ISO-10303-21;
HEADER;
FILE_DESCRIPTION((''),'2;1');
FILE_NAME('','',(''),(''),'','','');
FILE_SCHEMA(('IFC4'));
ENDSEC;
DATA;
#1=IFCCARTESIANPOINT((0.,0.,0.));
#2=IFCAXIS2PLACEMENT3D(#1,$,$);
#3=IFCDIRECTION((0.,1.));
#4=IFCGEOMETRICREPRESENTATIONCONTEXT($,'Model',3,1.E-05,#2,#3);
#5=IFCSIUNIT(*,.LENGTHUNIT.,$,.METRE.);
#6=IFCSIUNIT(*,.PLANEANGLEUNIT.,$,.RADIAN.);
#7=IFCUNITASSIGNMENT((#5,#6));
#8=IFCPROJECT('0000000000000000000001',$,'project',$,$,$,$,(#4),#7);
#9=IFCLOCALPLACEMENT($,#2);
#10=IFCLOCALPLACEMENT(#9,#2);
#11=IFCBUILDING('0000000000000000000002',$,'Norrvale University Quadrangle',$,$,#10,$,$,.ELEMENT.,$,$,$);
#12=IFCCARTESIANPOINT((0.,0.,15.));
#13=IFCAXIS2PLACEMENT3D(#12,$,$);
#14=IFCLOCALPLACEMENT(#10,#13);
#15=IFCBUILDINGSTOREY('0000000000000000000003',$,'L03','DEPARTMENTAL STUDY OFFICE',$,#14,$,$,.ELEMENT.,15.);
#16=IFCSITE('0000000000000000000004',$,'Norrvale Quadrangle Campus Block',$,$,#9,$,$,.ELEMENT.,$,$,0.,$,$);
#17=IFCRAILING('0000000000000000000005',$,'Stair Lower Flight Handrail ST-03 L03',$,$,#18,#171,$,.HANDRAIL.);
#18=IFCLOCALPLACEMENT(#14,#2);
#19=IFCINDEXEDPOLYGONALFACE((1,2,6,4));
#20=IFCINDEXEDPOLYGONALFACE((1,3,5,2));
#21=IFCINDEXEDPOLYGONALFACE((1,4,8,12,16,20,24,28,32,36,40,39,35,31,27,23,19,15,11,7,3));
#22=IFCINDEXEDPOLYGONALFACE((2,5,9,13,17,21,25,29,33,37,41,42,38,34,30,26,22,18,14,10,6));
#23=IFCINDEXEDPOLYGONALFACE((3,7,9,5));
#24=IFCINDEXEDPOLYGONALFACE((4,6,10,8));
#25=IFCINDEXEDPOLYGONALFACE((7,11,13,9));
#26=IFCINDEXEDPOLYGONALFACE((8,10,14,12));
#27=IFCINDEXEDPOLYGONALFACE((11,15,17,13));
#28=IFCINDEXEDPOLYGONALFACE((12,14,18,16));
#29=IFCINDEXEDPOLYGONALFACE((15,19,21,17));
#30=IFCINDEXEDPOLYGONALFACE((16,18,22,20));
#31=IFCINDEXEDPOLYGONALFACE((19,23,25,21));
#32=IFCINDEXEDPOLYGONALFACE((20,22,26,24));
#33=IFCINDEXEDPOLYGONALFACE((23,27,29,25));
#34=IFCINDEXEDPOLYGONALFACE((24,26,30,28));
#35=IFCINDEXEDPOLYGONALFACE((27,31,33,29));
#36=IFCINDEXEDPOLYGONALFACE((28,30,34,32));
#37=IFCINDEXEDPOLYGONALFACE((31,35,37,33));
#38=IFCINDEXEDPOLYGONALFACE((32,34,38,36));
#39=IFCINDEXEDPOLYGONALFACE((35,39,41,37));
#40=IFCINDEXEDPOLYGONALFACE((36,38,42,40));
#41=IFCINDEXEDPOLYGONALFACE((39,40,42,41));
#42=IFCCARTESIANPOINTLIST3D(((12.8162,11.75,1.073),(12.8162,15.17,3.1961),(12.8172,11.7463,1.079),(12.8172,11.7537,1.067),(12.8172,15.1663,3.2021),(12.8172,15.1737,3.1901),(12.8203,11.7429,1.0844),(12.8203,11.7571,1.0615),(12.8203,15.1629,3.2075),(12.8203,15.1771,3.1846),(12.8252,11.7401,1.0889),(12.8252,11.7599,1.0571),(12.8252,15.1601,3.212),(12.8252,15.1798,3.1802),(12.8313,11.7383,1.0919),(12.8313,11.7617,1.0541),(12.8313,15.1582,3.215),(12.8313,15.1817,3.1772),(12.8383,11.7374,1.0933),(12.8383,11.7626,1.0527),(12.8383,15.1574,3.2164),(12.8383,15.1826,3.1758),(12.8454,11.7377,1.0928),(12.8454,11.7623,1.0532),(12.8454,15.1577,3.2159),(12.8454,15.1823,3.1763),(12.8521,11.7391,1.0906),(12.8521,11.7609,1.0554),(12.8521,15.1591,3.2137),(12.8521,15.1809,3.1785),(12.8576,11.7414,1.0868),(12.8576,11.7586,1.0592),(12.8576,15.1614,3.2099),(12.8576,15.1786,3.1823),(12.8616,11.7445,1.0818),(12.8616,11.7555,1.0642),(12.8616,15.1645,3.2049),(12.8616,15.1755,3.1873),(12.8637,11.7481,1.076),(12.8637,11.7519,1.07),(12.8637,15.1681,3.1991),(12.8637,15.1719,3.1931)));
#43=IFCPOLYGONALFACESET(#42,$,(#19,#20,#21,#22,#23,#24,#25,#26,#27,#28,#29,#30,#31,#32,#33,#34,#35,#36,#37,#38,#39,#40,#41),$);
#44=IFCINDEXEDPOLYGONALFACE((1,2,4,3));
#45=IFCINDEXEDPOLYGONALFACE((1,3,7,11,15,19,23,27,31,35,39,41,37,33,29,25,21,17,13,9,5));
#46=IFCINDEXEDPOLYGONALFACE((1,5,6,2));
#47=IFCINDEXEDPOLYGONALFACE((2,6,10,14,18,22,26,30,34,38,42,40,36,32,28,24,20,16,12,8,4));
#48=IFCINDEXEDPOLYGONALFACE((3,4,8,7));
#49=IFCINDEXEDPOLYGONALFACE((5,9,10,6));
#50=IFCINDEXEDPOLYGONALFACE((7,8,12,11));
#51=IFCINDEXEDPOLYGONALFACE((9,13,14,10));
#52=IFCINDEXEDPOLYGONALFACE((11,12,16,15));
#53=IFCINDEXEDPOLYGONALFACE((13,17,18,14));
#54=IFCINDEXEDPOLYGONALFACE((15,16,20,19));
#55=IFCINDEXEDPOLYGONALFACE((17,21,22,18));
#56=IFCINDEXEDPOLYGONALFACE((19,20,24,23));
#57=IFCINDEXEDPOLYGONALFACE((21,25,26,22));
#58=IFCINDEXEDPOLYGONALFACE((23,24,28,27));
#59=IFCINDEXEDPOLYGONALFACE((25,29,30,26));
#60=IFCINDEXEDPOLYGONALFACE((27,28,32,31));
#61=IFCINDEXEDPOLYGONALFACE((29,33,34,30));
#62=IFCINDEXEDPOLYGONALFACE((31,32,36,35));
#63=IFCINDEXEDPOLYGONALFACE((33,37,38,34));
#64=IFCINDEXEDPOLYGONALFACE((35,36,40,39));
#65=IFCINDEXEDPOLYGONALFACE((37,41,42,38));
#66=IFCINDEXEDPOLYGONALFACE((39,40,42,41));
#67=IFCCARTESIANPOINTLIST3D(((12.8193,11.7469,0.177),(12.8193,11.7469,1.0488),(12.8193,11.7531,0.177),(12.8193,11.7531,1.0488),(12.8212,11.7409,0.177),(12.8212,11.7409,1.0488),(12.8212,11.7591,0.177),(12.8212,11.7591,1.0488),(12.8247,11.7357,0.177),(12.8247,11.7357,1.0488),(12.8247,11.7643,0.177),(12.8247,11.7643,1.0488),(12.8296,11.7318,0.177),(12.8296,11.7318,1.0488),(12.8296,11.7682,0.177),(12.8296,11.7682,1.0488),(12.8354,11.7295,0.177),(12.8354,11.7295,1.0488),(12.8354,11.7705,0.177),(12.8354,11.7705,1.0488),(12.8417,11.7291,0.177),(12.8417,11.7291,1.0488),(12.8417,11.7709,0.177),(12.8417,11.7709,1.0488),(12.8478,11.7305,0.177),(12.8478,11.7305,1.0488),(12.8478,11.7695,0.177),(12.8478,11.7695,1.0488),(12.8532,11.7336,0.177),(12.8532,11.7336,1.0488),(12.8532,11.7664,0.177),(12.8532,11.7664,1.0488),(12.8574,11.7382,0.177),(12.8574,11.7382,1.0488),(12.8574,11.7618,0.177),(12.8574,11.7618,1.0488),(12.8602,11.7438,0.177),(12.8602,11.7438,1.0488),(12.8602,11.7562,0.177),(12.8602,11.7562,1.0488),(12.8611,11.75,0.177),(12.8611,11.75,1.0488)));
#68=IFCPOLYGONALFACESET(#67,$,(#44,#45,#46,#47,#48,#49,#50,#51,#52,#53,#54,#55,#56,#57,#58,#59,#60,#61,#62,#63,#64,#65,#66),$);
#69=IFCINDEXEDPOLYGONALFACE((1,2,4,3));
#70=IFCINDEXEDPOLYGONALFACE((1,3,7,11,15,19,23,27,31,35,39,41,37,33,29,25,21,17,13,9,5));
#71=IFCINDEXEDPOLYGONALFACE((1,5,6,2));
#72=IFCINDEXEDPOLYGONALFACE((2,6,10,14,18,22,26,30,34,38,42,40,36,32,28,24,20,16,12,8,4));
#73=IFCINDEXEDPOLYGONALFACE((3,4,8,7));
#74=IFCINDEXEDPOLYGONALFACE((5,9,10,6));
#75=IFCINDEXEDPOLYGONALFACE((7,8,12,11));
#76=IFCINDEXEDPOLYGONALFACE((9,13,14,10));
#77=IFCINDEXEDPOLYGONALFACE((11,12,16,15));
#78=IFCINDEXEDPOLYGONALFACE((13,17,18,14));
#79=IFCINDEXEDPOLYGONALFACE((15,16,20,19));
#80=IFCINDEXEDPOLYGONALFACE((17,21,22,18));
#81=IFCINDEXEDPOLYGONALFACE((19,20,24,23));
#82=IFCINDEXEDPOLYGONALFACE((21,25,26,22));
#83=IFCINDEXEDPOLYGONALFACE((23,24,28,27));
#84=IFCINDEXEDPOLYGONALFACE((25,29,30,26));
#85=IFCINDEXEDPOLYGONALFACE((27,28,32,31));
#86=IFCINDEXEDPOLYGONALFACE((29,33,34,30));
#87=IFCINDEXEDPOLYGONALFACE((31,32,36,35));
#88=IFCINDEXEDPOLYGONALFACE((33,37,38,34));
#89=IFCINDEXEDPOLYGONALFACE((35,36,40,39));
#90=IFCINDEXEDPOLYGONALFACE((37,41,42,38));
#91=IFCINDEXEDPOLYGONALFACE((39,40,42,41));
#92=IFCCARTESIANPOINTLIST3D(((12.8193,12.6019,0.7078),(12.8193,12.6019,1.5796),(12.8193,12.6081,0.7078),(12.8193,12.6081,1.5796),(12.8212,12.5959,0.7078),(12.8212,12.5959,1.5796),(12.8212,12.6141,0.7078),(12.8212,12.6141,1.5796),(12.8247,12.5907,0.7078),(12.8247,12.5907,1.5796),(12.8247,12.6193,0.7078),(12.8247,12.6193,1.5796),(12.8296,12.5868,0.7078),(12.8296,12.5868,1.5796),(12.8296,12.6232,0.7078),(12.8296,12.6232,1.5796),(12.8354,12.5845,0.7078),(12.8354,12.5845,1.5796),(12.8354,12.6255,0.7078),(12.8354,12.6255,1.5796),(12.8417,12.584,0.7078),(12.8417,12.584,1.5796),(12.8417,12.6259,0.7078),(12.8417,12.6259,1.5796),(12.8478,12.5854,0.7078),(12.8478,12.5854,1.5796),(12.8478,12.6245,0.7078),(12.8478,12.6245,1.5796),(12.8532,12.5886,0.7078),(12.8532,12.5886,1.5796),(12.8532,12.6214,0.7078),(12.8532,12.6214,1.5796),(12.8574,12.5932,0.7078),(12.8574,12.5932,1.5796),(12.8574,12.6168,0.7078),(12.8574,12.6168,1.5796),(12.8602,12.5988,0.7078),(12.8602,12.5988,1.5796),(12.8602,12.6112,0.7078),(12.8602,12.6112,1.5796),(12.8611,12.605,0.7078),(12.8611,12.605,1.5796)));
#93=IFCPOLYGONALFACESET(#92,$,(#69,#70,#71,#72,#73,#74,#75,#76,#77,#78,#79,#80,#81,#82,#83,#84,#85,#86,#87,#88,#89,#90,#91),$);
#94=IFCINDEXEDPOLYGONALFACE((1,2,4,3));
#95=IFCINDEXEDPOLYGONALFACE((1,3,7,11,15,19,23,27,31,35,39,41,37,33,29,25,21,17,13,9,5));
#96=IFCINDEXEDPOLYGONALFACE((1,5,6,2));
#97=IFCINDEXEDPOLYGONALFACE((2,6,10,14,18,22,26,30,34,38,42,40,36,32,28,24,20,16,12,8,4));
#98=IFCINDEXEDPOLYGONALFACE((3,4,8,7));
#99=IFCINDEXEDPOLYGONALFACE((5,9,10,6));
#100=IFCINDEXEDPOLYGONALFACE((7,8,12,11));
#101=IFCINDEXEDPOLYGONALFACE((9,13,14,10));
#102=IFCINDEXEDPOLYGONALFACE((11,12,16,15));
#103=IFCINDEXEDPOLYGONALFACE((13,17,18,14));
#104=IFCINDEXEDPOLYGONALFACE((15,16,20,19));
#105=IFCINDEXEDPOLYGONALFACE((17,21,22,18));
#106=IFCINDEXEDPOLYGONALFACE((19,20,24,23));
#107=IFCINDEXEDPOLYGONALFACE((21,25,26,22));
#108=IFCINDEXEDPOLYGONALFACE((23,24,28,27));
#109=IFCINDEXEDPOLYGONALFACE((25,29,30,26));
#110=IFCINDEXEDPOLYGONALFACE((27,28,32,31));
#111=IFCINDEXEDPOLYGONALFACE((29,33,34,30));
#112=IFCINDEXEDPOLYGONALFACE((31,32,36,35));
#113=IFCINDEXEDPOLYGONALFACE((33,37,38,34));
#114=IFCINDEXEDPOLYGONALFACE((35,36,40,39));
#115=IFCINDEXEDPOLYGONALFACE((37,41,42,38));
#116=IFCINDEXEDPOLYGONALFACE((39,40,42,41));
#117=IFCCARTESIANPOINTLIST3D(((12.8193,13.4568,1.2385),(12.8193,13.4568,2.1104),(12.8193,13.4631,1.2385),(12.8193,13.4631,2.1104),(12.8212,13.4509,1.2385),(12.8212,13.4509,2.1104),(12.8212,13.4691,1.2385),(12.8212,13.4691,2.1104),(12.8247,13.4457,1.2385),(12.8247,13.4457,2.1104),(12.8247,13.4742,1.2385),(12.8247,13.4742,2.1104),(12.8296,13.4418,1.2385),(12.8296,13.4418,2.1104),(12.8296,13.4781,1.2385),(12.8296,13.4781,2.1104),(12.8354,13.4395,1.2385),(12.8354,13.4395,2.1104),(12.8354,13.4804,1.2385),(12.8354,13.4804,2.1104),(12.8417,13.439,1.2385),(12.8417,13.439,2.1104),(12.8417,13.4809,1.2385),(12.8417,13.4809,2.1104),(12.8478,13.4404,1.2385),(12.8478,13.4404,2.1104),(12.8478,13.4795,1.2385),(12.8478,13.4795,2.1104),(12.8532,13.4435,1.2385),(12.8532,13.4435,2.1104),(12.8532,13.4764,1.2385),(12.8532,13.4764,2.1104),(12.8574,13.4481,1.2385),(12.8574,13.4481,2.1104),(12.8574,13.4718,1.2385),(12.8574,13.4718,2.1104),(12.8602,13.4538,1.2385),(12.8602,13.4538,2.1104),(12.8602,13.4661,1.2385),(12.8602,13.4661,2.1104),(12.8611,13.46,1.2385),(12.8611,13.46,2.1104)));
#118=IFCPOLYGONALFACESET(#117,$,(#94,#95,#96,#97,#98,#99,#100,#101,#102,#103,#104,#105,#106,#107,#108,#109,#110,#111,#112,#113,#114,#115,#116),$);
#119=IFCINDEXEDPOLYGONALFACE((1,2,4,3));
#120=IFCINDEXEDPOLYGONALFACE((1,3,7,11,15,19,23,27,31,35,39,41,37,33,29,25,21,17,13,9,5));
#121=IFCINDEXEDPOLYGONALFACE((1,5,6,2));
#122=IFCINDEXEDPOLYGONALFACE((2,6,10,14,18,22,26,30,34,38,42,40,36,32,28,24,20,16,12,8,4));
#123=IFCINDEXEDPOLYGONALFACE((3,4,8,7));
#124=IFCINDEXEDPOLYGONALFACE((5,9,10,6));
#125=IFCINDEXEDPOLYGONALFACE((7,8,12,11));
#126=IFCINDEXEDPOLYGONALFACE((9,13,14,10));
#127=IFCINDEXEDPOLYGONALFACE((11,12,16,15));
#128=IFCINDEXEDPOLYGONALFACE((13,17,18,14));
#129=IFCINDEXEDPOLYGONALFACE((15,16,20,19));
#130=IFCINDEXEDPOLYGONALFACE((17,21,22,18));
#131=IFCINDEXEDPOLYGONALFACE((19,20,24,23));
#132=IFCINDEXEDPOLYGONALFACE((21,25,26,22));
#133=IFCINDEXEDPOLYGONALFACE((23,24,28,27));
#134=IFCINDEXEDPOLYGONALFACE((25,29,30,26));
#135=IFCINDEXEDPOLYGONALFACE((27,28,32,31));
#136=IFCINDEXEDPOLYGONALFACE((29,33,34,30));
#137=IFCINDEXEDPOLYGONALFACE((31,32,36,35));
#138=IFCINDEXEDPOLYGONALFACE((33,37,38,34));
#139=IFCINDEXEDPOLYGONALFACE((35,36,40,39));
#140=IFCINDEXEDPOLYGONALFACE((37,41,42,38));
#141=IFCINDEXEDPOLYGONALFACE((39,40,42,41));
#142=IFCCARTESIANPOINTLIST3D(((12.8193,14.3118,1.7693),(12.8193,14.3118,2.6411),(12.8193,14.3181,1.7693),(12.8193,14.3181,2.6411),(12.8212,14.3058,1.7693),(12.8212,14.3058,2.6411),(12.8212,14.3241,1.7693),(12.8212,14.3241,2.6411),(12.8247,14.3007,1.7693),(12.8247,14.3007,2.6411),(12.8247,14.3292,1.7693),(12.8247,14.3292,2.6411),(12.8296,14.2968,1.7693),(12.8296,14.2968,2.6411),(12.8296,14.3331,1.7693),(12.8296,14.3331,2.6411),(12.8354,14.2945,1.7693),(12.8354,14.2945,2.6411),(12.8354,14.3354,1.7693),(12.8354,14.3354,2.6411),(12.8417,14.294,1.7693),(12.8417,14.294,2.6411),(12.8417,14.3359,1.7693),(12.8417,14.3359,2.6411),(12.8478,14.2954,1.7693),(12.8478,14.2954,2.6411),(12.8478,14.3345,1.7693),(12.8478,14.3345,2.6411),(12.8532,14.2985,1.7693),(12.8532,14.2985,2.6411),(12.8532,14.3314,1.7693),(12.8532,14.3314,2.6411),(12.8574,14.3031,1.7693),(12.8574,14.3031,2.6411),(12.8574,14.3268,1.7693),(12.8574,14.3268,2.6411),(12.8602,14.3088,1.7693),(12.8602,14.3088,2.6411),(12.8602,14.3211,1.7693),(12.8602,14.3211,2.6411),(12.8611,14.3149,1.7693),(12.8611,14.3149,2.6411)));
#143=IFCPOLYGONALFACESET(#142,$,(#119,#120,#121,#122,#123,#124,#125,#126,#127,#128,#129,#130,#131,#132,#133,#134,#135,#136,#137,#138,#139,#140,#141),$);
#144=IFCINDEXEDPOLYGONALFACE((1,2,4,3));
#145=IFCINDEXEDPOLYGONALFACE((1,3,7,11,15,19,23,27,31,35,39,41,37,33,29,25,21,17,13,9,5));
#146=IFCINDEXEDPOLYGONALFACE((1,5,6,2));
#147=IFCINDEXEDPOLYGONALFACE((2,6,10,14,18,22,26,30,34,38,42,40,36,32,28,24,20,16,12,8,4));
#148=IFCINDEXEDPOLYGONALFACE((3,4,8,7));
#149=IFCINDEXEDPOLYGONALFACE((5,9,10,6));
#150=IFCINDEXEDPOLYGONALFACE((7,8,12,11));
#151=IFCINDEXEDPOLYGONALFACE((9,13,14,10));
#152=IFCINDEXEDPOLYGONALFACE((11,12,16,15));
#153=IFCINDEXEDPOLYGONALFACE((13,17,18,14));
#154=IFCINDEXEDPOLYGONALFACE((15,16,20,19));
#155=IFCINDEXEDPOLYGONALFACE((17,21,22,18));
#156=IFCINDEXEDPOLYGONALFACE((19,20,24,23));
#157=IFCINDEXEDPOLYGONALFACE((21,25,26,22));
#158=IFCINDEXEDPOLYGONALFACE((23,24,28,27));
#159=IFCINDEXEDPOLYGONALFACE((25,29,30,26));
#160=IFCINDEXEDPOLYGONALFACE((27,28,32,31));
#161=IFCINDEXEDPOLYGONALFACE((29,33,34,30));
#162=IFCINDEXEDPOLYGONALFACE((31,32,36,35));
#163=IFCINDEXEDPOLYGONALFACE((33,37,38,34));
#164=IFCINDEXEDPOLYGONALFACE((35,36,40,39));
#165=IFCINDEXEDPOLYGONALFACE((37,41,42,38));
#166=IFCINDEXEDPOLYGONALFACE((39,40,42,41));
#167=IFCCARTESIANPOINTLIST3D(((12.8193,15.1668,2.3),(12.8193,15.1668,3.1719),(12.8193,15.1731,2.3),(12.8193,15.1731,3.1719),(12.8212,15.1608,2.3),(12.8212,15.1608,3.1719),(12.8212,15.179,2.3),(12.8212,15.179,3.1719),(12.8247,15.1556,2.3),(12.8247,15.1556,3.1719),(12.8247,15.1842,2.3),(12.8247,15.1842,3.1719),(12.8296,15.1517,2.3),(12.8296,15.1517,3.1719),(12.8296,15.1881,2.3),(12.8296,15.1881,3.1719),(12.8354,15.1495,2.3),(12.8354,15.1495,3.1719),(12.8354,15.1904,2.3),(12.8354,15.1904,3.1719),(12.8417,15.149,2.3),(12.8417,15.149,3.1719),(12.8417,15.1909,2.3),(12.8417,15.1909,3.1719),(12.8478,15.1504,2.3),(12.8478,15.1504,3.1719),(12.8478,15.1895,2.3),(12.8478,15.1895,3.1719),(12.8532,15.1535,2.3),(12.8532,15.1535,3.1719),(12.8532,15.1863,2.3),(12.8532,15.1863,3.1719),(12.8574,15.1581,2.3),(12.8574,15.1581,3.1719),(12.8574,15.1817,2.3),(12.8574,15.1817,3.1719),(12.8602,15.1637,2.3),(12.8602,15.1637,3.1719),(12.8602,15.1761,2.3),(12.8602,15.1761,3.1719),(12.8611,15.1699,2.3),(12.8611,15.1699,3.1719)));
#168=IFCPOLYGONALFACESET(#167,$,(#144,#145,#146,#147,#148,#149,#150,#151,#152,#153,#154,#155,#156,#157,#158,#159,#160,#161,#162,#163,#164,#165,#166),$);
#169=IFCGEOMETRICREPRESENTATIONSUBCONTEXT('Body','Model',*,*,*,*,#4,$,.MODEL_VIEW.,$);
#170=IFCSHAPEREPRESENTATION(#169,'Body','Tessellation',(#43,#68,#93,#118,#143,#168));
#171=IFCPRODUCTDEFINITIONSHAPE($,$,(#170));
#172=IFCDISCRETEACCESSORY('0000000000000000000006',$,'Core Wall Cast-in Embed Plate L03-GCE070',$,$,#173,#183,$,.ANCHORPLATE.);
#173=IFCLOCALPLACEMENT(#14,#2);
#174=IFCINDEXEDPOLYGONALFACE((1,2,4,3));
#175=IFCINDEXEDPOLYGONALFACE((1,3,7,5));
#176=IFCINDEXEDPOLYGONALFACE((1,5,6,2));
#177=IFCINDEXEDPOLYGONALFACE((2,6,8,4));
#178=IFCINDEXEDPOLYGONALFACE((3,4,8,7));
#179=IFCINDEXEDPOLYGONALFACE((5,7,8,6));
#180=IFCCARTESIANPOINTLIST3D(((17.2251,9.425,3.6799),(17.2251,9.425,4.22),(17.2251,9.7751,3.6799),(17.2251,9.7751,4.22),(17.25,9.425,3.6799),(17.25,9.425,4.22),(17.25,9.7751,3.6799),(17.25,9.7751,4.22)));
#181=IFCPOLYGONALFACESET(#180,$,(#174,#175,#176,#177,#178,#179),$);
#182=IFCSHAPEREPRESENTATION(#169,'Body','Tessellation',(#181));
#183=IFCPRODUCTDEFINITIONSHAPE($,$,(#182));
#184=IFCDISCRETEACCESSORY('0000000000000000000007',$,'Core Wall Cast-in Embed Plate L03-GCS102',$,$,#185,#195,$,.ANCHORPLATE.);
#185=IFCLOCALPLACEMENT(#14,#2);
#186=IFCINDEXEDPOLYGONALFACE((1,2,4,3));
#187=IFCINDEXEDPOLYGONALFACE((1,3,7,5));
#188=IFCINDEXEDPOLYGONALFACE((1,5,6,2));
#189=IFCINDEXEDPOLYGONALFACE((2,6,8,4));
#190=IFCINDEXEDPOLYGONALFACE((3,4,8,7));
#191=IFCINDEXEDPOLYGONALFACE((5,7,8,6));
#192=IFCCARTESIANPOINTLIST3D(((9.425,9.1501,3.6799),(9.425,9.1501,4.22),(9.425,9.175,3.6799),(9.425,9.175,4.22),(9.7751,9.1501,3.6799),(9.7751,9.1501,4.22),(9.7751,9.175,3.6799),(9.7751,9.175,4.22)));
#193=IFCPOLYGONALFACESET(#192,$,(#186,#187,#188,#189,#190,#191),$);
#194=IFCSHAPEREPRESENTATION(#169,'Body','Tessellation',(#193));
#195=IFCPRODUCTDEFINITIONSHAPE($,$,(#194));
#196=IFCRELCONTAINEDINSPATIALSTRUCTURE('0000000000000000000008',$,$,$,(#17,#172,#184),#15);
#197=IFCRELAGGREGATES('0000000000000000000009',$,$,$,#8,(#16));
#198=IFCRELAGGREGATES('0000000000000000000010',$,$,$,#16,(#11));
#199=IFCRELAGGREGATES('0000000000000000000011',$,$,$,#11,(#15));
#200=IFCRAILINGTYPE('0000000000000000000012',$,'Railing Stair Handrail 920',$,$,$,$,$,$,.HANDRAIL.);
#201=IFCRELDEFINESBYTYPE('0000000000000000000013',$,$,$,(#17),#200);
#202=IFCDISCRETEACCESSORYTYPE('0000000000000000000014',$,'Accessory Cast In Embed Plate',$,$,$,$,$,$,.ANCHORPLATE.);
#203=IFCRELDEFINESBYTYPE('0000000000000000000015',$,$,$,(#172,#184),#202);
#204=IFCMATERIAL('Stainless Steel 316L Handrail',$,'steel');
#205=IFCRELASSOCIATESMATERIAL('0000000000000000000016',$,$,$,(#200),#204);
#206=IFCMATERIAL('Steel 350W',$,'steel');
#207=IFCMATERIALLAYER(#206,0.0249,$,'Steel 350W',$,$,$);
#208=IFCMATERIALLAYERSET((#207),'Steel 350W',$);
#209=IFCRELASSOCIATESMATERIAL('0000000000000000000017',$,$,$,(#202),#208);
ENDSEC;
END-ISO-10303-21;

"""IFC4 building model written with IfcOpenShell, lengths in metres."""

from ifc_helpers import new_model, si_unit, direction, frame, origin, origin_2d, place, context, subcontext, project, spatial, rectangle, circle, extrude, material, layer, layer_set, type_object, element, save


model = new_model("IFC4")

# Units and contexts
model_context = context("Model", 3, precision=1e-05, world=origin(), true_north=direction((0.0, 1.0)))
body_context = subcontext(model_context, "Body", "Model", "MODEL_VIEW")
ifc_project = project(units=[si_unit("LENGTHUNIT", "METRE"), si_unit("PLANEANGLEUNIT", "RADIAN")], contexts=[model_context])

# Site, building, storey
site_placement = place(None, origin())
site = spatial("IfcSite", under=ifc_project, at=site_placement, Name="Norrvale Quadrangle Campus Block", CompositionType="ELEMENT", RefElevation=0.0)
building_placement = place(site_placement, origin())
building = spatial("IfcBuilding", under=site, at=building_placement, Name="Norrvale University Quadrangle", CompositionType="ELEMENT")
storey_placement = place(building_placement, frame((0.0, 0.0, 15.0)))
storey = spatial("IfcBuildingStorey", under=building, at=storey_placement, Name="L03", Description="DEPARTMENTAL STUDY OFFICE", CompositionType="ELEMENT", Elevation=15.0)

# Shared definitions
ifc_material_1 = material(Name="Steel 350W", Category="steel")

# Railing
ifc_material_2 = material(Name="Stainless Steel 316L Handrail", Category="steel")
railing_type_1 = type_object("IfcRailingType", Name="Railing Stair Handrail 920", PredefinedType="HANDRAIL", material=ifc_material_2)
railing_1_placement = place(storey_placement, frame((12.8401, 11.75, 0.177)))
element("IfcRailing", 1, at=railing_1_placement, inside=storey, type_object=railing_type_1, Name="Stair Lower Flight Handrail ST-03 L03", PredefinedType="HANDRAIL", context=body_context, shape_type="SweptSolid", body=[
    extrude(circle(Radius=0.0239, at=origin_2d()), frame((0.0, 0.0, 0.896), z_axis=(0.0, 0.849603, 0.527423), x_axis=(-1.0, 0.0, 0.0)), (0.0, 0.0, 1.0), 4.0254),
    extrude(circle(Radius=0.021, at=origin_2d()), origin(), (0.0, 0.0, 1.0), 0.8718),
    extrude(circle(Radius=0.021, at=origin_2d()), frame((0.0, 0.855, 0.5308)), (0.0, 0.0, 1.0), 0.8718),
    extrude(circle(Radius=0.021, at=origin_2d()), frame((0.0, 1.71, 1.0615)), (0.0, 0.0, 1.0), 0.8718),
    extrude(circle(Radius=0.021, at=origin_2d()), frame((0.0, 2.5649, 1.5923)), (0.0, 0.0, 1.0), 0.8718),
    extrude(circle(Radius=0.021, at=origin_2d()), frame((0.0, 3.4199, 2.123)), (0.0, 0.0, 1.0), 0.8718),
])

# Discrete accessories
ifc_layer_1 = layer(ifc_material_1, 0.0249, Name="Steel 350W")
ifc_layer_set_1 = layer_set([ifc_layer_1], Name="Steel 350W")
discrete_accessory_type = type_object("IfcDiscreteAccessoryType", Name="Accessory Cast In Embed Plate", PredefinedType="ANCHORPLATE", material=ifc_layer_set_1)
discrete_accessory_1_placement = place(storey_placement, frame((17.2375, 9.6001, 3.6799), z_axis=(0.0, 0.0, 1.0), x_axis=(1.0, 0.0, 0.0)))
element("IfcDiscreteAccessory", 2, at=discrete_accessory_1_placement, inside=storey, type_object=discrete_accessory_type, Name="Core Wall Cast-in Embed Plate L03-GCE070", PredefinedType="ANCHORPLATE", context=body_context, shape_type="SweptSolid", body=[
    extrude(rectangle(XDim=0.0249, YDim=0.3501, at=origin_2d()), origin(), (0.0, 0.0, 1.0), 0.54),
])
discrete_accessory_2_placement = place(storey_placement, frame((9.6001, 9.1626, 3.6799), z_axis=(0.0, 0.0, 1.0), x_axis=(1.0, 0.0, 0.0)))
element("IfcDiscreteAccessory", 3, at=discrete_accessory_2_placement, inside=storey, type_object=discrete_accessory_type, Name="Core Wall Cast-in Embed Plate L03-GCS102", PredefinedType="ANCHORPLATE", context=body_context, shape_type="SweptSolid", body=[
    extrude(rectangle(XDim=0.3501, YDim=0.0249, at=origin_2d()), origin(), (0.0, 0.0, 1.0), 0.54),
])

save(model, "model.ifc")
